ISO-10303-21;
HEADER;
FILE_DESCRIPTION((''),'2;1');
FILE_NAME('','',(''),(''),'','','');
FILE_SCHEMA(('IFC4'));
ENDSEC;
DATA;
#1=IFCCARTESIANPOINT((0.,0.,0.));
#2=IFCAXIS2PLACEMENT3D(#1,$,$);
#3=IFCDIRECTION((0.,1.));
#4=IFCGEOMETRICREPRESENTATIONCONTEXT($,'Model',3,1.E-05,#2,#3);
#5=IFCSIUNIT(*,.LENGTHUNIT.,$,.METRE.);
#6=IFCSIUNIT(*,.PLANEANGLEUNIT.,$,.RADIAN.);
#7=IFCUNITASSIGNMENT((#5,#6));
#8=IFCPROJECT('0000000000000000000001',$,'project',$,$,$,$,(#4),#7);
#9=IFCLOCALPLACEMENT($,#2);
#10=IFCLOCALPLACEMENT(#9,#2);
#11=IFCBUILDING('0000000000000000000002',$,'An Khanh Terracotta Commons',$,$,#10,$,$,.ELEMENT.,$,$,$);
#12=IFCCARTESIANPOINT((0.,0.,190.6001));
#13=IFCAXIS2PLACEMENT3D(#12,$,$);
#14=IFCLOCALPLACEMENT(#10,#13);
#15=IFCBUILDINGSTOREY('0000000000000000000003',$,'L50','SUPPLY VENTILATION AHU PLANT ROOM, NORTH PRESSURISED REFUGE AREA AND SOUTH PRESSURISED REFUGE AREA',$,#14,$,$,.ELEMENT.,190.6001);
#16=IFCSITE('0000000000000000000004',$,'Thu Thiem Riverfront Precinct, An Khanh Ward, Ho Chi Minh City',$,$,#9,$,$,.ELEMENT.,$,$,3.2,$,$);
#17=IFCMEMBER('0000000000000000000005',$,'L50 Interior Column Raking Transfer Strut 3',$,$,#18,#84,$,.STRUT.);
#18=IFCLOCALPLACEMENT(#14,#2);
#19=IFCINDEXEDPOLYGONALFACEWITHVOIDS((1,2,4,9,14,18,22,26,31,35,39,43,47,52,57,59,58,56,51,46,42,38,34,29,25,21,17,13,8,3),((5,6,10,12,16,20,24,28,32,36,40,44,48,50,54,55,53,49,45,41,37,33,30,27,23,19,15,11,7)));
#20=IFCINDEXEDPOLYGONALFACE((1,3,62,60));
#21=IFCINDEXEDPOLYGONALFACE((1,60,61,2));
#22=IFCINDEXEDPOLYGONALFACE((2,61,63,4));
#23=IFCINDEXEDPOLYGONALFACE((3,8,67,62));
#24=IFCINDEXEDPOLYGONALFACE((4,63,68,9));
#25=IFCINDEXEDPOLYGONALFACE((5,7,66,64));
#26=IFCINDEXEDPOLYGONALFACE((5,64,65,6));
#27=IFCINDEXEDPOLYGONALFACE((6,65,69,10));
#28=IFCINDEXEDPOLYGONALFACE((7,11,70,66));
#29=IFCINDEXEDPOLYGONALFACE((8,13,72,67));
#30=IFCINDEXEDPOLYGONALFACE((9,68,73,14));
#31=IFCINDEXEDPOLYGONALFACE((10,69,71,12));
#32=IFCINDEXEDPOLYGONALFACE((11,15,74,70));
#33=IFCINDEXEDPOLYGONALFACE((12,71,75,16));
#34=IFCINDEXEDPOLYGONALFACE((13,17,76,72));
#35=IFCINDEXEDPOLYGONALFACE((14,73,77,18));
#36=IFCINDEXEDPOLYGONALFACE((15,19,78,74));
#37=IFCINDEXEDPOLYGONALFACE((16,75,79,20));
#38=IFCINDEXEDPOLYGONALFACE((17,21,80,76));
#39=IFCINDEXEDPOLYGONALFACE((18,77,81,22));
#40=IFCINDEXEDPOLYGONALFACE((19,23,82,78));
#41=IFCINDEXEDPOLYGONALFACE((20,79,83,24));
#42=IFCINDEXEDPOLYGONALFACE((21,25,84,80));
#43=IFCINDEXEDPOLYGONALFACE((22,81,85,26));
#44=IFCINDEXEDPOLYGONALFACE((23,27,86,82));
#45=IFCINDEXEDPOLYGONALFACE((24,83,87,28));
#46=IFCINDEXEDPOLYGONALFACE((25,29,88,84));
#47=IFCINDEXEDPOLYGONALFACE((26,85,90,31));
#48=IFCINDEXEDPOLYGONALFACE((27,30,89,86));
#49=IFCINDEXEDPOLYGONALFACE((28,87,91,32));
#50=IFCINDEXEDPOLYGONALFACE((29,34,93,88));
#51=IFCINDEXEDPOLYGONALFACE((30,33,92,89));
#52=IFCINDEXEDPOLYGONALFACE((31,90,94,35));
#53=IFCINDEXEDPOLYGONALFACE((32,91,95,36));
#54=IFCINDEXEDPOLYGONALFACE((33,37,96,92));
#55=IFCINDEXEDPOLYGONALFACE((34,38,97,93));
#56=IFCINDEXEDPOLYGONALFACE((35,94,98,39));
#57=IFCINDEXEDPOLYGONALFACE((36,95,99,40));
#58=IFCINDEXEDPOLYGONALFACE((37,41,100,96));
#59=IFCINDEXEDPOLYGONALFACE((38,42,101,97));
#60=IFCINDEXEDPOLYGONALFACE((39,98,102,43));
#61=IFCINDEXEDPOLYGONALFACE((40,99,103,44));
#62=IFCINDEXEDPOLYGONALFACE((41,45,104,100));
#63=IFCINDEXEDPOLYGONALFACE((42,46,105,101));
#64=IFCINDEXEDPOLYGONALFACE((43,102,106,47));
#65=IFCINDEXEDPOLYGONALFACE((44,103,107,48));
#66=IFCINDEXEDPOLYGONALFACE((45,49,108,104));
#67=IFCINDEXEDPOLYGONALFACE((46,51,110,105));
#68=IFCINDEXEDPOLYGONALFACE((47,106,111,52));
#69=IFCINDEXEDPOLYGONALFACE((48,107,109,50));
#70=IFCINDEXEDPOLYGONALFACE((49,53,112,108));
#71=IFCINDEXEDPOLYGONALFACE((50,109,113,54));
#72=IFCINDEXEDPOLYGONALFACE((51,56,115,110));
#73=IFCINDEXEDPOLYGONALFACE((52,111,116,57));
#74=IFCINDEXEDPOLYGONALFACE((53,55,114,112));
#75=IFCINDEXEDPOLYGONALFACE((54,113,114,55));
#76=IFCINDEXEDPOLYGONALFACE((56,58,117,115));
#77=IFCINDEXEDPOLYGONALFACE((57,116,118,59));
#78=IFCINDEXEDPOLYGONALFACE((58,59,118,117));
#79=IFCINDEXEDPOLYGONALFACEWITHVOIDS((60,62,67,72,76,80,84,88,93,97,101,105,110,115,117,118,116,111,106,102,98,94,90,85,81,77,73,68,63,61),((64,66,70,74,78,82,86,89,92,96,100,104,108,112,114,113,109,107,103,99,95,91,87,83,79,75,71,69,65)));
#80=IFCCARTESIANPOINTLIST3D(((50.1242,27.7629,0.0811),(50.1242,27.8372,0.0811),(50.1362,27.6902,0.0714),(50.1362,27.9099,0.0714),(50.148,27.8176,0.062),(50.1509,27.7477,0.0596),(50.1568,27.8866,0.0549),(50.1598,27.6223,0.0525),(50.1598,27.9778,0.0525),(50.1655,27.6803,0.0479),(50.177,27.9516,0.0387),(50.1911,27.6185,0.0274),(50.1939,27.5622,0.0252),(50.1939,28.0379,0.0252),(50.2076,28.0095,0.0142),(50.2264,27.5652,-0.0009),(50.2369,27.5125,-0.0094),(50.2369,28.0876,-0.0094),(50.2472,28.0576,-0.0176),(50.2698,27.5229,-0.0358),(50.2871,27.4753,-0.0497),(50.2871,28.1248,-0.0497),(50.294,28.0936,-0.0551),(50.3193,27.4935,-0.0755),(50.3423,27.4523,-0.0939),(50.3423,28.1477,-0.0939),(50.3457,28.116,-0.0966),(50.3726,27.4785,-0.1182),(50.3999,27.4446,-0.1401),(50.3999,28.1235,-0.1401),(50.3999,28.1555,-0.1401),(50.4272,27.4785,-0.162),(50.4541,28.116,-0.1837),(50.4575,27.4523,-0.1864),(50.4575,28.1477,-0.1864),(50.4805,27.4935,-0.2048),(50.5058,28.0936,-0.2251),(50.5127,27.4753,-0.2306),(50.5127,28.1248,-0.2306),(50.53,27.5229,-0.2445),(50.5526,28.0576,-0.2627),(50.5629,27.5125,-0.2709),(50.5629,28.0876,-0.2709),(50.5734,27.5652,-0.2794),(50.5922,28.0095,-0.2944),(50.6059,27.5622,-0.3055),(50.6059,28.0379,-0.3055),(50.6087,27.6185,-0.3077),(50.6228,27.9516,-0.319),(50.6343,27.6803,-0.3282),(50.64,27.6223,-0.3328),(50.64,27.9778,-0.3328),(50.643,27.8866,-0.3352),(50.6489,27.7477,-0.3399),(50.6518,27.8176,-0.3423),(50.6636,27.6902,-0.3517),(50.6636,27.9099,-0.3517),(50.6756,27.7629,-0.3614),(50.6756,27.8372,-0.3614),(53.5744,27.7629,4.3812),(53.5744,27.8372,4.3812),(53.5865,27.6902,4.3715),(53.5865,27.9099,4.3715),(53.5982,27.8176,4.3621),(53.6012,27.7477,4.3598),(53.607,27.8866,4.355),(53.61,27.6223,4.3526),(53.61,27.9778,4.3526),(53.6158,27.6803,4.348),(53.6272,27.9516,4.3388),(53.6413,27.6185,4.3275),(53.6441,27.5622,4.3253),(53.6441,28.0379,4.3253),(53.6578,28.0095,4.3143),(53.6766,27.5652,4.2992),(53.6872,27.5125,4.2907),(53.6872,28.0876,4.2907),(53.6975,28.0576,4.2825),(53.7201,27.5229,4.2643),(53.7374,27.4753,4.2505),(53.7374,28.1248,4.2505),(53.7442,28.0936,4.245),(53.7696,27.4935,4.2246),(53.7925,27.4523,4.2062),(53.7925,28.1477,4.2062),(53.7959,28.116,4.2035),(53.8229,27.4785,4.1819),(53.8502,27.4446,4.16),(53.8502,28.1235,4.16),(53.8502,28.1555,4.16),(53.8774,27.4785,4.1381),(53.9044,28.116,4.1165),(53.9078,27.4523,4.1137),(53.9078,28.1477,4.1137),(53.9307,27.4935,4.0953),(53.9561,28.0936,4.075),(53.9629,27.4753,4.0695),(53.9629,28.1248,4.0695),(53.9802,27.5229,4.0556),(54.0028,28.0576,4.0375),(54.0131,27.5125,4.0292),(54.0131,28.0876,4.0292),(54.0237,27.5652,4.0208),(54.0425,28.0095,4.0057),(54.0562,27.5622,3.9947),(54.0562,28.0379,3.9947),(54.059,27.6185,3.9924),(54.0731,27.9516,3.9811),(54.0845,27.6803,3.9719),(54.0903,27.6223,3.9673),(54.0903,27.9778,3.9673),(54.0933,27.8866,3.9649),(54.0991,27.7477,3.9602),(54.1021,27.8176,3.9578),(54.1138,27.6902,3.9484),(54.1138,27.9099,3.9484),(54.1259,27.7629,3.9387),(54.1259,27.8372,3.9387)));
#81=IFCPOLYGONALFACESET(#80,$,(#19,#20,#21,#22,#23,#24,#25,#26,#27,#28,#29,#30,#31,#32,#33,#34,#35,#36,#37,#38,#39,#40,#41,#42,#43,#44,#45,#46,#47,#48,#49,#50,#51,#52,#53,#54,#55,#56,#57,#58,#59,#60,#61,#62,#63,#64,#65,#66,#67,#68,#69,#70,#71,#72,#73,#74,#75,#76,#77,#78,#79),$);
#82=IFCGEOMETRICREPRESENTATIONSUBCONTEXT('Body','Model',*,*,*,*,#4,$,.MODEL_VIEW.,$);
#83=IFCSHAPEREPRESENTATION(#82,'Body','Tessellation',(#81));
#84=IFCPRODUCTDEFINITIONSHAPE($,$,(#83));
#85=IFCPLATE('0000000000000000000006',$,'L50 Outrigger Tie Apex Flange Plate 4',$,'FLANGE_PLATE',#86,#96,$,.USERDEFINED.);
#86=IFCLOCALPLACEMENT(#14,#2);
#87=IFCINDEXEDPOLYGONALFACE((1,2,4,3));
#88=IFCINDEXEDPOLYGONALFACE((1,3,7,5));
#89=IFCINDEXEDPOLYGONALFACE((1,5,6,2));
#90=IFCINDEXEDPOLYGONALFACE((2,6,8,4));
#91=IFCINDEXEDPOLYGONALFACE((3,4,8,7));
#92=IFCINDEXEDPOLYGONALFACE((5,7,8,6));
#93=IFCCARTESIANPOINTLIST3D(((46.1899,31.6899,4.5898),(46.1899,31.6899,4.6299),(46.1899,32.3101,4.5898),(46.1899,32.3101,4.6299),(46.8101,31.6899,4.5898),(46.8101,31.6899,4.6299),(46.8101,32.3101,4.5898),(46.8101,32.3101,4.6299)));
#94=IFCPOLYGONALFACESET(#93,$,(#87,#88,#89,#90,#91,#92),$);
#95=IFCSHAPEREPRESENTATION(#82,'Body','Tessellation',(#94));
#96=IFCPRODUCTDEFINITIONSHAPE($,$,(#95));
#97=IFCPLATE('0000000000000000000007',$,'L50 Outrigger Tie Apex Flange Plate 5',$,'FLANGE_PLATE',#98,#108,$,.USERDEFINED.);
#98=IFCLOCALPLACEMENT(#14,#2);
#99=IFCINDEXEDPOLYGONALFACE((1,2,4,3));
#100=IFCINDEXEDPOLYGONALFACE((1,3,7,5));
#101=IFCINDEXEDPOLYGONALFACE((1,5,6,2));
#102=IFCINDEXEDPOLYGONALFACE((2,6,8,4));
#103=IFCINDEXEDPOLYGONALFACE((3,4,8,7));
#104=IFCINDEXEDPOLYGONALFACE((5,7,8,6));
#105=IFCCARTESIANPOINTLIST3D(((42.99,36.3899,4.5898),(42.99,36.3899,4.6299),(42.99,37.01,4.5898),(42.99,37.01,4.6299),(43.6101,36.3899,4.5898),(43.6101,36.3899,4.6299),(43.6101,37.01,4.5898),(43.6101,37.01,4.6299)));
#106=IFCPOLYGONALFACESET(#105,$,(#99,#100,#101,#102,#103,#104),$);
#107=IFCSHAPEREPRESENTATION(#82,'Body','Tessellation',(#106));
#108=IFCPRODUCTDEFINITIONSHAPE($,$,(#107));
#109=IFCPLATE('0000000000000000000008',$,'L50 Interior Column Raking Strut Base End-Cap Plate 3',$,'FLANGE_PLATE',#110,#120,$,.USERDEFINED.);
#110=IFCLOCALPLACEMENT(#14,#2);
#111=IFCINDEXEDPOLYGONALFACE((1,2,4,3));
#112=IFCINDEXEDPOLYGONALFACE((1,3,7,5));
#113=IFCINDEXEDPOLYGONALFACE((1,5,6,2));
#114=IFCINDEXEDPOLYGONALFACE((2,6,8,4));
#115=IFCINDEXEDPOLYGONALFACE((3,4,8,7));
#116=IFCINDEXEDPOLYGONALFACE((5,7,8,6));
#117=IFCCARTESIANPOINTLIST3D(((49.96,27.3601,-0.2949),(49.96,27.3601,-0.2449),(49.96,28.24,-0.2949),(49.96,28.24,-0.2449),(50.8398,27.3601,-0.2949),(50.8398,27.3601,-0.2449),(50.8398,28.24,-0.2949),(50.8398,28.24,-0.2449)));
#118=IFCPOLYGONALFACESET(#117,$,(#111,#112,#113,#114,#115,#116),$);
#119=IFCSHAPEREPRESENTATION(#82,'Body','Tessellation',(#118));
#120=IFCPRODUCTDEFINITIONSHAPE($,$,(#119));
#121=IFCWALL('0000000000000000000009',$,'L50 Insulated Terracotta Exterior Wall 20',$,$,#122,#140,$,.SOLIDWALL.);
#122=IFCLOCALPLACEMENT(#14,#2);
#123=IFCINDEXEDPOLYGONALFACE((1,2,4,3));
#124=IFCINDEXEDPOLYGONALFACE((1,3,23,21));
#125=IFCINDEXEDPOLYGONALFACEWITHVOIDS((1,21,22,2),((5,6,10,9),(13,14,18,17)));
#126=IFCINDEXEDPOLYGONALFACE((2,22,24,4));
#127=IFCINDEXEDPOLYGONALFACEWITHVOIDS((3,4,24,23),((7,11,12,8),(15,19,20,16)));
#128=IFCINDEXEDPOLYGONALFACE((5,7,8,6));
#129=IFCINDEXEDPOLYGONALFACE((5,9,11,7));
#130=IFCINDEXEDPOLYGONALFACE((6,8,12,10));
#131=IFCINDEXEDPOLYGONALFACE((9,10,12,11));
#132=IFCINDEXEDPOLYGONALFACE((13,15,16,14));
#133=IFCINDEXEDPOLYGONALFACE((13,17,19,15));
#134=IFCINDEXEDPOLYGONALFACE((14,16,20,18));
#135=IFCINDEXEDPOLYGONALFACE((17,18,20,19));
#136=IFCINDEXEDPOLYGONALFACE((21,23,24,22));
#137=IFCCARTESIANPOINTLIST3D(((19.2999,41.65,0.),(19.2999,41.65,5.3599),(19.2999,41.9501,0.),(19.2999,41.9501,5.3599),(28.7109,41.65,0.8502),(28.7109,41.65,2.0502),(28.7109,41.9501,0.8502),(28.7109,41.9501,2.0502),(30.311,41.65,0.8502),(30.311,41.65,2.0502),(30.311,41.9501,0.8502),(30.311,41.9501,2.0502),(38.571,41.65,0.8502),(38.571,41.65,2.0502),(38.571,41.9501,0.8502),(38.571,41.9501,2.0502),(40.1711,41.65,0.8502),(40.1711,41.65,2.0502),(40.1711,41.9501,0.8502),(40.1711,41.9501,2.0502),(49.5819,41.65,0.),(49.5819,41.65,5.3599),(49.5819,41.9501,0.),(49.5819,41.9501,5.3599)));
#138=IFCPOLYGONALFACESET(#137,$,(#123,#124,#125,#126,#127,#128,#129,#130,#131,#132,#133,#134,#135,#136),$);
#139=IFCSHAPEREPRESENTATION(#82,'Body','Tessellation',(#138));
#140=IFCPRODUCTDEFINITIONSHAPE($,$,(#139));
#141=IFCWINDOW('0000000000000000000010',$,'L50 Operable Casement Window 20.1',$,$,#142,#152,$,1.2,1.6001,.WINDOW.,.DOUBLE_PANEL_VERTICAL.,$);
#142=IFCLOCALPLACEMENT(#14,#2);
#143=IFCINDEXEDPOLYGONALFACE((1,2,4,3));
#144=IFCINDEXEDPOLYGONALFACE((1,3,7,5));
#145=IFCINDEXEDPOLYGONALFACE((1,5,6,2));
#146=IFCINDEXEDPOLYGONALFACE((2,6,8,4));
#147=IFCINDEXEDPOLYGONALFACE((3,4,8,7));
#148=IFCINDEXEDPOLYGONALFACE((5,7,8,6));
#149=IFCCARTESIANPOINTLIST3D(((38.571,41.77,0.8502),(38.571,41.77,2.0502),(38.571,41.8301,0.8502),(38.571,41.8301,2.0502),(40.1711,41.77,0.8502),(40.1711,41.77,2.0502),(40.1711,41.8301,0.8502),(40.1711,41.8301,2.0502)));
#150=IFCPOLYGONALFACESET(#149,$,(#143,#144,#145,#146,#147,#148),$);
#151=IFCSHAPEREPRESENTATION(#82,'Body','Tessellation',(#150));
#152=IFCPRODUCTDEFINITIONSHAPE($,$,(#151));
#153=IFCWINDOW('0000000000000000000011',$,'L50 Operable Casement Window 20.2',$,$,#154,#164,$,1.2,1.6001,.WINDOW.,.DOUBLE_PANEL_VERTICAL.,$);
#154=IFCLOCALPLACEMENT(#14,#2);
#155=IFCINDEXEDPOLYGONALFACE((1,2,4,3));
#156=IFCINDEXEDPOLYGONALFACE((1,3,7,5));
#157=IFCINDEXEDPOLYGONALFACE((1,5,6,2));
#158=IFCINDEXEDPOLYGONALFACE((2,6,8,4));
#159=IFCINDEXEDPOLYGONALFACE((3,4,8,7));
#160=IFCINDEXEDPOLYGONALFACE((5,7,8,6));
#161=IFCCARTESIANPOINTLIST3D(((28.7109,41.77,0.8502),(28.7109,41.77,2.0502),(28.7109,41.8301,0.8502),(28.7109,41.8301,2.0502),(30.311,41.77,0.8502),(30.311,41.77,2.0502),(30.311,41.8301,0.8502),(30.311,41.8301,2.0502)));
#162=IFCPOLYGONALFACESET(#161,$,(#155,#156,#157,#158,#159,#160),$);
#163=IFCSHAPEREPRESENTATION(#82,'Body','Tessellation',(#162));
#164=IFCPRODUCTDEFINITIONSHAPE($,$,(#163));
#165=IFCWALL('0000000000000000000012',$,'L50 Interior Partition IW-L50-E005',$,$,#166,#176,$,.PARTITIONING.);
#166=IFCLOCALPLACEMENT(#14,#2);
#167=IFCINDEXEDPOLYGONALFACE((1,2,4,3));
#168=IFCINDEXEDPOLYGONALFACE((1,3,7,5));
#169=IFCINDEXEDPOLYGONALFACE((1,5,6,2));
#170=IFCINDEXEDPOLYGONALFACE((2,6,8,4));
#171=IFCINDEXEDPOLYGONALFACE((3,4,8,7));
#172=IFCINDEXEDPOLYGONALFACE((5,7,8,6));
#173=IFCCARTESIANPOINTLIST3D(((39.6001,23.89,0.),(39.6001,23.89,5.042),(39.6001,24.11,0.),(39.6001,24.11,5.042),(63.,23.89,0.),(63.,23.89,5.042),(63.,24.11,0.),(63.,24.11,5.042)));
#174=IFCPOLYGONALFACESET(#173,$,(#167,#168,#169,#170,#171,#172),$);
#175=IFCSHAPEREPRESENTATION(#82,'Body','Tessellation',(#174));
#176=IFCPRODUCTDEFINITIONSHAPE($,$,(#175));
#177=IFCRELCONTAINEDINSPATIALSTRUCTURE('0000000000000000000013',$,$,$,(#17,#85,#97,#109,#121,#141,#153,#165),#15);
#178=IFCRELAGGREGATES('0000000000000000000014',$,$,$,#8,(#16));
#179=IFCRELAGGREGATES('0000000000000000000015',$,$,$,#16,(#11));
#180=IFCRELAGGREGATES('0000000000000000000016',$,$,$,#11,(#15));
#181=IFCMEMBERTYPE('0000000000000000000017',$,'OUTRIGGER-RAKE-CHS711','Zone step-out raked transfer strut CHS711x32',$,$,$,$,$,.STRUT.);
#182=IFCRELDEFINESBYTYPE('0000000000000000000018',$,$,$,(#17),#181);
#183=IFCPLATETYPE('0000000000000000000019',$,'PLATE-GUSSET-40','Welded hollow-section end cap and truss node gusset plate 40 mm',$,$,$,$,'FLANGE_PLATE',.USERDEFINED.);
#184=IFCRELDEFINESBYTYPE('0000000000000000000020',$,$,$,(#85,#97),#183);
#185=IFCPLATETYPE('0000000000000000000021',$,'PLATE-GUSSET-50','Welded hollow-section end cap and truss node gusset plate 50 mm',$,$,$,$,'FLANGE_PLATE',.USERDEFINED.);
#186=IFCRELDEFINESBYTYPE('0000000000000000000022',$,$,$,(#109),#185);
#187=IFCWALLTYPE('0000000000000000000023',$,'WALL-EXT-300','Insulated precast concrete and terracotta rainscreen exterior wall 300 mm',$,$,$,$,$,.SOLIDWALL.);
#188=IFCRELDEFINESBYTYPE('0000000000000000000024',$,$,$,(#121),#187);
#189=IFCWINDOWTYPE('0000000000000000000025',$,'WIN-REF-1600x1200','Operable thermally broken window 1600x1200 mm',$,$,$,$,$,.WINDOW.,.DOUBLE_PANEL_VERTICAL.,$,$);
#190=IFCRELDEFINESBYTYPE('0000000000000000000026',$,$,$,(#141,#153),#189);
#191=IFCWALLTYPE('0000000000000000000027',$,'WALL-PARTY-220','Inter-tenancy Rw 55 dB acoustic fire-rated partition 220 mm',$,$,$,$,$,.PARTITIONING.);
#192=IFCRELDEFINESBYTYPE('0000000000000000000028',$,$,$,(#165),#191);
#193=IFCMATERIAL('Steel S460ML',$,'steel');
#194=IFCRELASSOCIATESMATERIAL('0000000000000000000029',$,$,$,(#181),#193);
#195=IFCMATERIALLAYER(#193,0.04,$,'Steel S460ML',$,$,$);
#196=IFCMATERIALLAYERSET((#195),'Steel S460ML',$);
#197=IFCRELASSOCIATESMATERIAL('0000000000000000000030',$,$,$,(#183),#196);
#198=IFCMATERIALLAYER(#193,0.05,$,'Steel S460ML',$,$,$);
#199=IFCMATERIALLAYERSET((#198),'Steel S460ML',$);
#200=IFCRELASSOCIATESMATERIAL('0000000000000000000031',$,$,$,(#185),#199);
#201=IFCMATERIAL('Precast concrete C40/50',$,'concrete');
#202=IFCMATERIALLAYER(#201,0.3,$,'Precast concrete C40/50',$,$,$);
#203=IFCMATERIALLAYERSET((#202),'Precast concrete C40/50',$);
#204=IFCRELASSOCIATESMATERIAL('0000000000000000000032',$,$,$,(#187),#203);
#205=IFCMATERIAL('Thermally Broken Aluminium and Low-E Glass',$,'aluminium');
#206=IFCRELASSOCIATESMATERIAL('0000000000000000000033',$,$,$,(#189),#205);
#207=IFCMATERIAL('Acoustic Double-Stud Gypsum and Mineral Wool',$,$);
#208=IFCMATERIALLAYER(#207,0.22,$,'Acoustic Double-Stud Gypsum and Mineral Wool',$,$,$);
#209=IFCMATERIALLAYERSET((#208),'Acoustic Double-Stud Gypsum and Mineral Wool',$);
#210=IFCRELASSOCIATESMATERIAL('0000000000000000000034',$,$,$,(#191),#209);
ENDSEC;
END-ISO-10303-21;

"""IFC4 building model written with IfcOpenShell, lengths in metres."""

from ifc_helpers import new_model, si_unit, direction, frame, frame_2d, origin, origin_2d, place, context, subcontext, project, spatial, rectangle, hollow_circle, extrude, material, layer, layer_set, material_profile, profile_set, type_object, element, fill, save


model = new_model("IFC4")

# Units and contexts
model_context = context("Model", 3, precision=1e-05, world=origin(), true_north=direction((0.0, 1.0)))
body_context = subcontext(model_context, "Body", "Model", "MODEL_VIEW")
ifc_project = project(units=[si_unit("LENGTHUNIT", "METRE"), si_unit("PLANEANGLEUNIT", "RADIAN")], contexts=[model_context])

# Site, building, storey
site_placement = place(None, origin())
site = spatial("IfcSite", under=ifc_project, at=site_placement, Name="Thu Thiem Riverfront Precinct, An Khanh Ward, Ho Chi Minh City", CompositionType="ELEMENT", RefElevation=3.2)
building_placement = place(site_placement, origin())
building = spatial("IfcBuilding", under=site, at=building_placement, Name="An Khanh Terracotta Commons", CompositionType="ELEMENT")
storey_placement = place(building_placement, frame((0.0, 0.0, 190.6001)))
storey = spatial("IfcBuildingStorey", under=building, at=storey_placement, Name="L50", Description="SUPPLY VENTILATION AHU PLANT ROOM, NORTH PRESSURISED REFUGE AREA AND SOUTH PRESSURISED REFUGE AREA", CompositionType="ELEMENT", Elevation=190.6001)

# Shared definitions
ifc_material_1 = material(Name="Steel S460ML", Category="steel")

# Member
ifc_material_profile_1 = material_profile(ifc_material_1, hollow_circle(Radius=0.3555, WallThickness=0.032, at=origin_2d()), Name="CHS711x32")
ifc_profile_set_1 = profile_set([ifc_material_profile_1], Name="Steel S460ML")
member_type_1 = type_object("IfcMemberType", Name="OUTRIGGER-RAKE-CHS711", Description="Zone step-out raked transfer strut CHS711x32", PredefinedType="STRUT", material=ifc_profile_set_1)
member_1_placement = place(storey_placement, frame((50.3999, 27.8, -0.1401), z_axis=(0.625818, 0.0, 0.779969), x_axis=(0.0, 1.0, 0.0)))
element("IfcMember", 1, at=member_1_placement, inside=storey, type_object=member_type_1, Name="L50 Interior Column Raking Transfer Strut 3", PredefinedType="STRUT", context=body_context, shape_type="SweptSolid", body=[
    extrude(hollow_circle(Radius=0.3555, WallThickness=0.032, at=origin_2d()), origin(), (0.0, 0.0, 1.0), 5.5132),
])

# Plates
ifc_layer_1 = layer(ifc_material_1, 0.04, Name="Steel S460ML")
ifc_layer_set_1 = layer_set([ifc_layer_1], Name="Steel S460ML")
plate_type_1 = type_object("IfcPlateType", Name="PLATE-GUSSET-40", Description="Welded hollow-section end cap and truss node gusset plate 40 mm", ElementType="FLANGE_PLATE", PredefinedType="USERDEFINED", material=ifc_layer_set_1)
for number, where, z_axis, x_axis, name in (
    (2, (46.5, 32.0, 4.5898), (0.0, 0.0, 1.0), (1.0, 0.0, 0.0), "L50 Outrigger Tie Apex Flange Plate 4"),
    (3, (43.3, 36.7, 4.5898), (0.0, 0.0, 1.0), (1.0, 0.0, 0.0), "L50 Outrigger Tie Apex Flange Plate 5"),
):
    element("IfcPlate", number, at=place(storey_placement, frame(where, z_axis=z_axis, x_axis=x_axis)), inside=storey, type_object=plate_type_1, Name=name, ObjectType="FLANGE_PLATE", PredefinedType="USERDEFINED", context=body_context, shape_type="SweptSolid", body=[
        extrude(rectangle(XDim=0.6201, YDim=0.6201, at=origin_2d()), origin(), (0.0, 0.0, 1.0), 0.04),
    ])
ifc_layer_2 = layer(ifc_material_1, 0.05, Name="Steel S460ML")
ifc_layer_set_2 = layer_set([ifc_layer_2], Name="Steel S460ML")
plate_type_2 = type_object("IfcPlateType", Name="PLATE-GUSSET-50", Description="Welded hollow-section end cap and truss node gusset plate 50 mm", ElementType="FLANGE_PLATE", PredefinedType="USERDEFINED", material=ifc_layer_set_2)
plate_placement = place(storey_placement, frame((50.3999, 27.8, -0.2949), z_axis=(0.0, 0.0, 1.0), x_axis=(1.0, 0.0, 0.0)))
element("IfcPlate", 4, at=plate_placement, inside=storey, type_object=plate_type_2, Name="L50 Interior Column Raking Strut Base End-Cap Plate 3", ObjectType="FLANGE_PLATE", PredefinedType="USERDEFINED", context=body_context, shape_type="SweptSolid", body=[
    extrude(rectangle(XDim=0.8799, YDim=0.8799, at=origin_2d()), origin(), (0.0, 0.0, 1.0), 0.05),
])

# Wall, openings, windows
ifc_material_2 = material(Name="Precast concrete C40/50", Category="concrete")
ifc_layer_3 = layer(ifc_material_2, 0.3, Name="Precast concrete C40/50")
ifc_layer_set_3 = layer_set([ifc_layer_3], Name="Precast concrete C40/50")
wall_type_1 = type_object("IfcWallType", Name="WALL-EXT-300", Description="Insulated precast concrete and terracotta rainscreen exterior wall 300 mm", PredefinedType="SOLIDWALL", material=ifc_layer_set_3)
wall_1_placement = place(storey_placement, frame((49.582, 41.8, 0.0), z_axis=(0.0, 0.0, 1.0), x_axis=(-1.0, 0.0, 0.0)))
wall_1 = element("IfcWall", 5, at=wall_1_placement, inside=storey, type_object=wall_type_1, Name="L50 Insulated Terracotta Exterior Wall 20", PredefinedType="SOLIDWALL", context=body_context, shape_type="SweptSolid", body=[
    extrude(rectangle(XDim=30.282, YDim=0.3, at=frame_2d((15.1411, 0.0))), origin(), (0.0, 0.0, 1.0), 5.3599),
])
opening_1_placement = place(wall_1_placement, frame((9.4109, 0.0, 0.8501)))
opening_1 = element("IfcOpeningElement", 6, at=opening_1_placement, cuts=wall_1, PredefinedType="OPENING", context=body_context, shape_type="SweptSolid", body=[
    extrude(rectangle(XDim=1.6001, YDim=1.2, at=frame_2d((0.8, 0.6001))), frame((0.0, 0.1599, 0.0), z_axis=(0.0, -1.0, 0.0), x_axis=(1.0, 0.0, 0.0)), (0.0, 0.0, 1.0), 0.3201),
])
opening_2_placement = place(wall_1_placement, frame((19.271, 0.0, 0.8501)))
opening_2 = element("IfcOpeningElement", 7, at=opening_2_placement, cuts=wall_1, PredefinedType="OPENING", context=body_context, shape_type="SweptSolid", body=[
    extrude(rectangle(XDim=1.6001, YDim=1.2, at=frame_2d((0.8, 0.6001))), frame((0.0, 0.1599, 0.0), z_axis=(0.0, -1.0, 0.0), x_axis=(1.0, 0.0, 0.0)), (0.0, 0.0, 1.0), 0.3201),
])
ifc_material_3 = material(Name="Thermally Broken Aluminium and Low-E Glass", Category="aluminium")
window_type = type_object("IfcWindowType", Name="WIN-REF-1600x1200", Description="Operable thermally broken window 1600x1200 mm", PartitioningType="DOUBLE_PANEL_VERTICAL", PredefinedType="WINDOW", material=ifc_material_3)
window_1_placement = place(opening_1_placement, origin())
window_1 = element("IfcWindow", 8, at=window_1_placement, inside=storey, type_object=window_type, Name="L50 Operable Casement Window 20.1", OverallHeight=1.2, OverallWidth=1.6001, PartitioningType="DOUBLE_PANEL_VERTICAL", PredefinedType="WINDOW", context=body_context, shape_type="SweptSolid", body=[
    extrude(rectangle(XDim=1.6001, YDim=1.2, at=frame_2d((0.8, 0.6001))), frame((0.0, 0.03, 0.0), z_axis=(0.0, -1.0, 0.0), x_axis=(1.0, 0.0, 0.0)), (0.0, 0.0, 1.0), 0.0601),
])
fill(opening_1, window_1)
window_2_placement = place(opening_2_placement, origin())
window_2 = element("IfcWindow", 9, at=window_2_placement, inside=storey, type_object=window_type, Name="L50 Operable Casement Window 20.2", OverallHeight=1.2, OverallWidth=1.6001, PartitioningType="DOUBLE_PANEL_VERTICAL", PredefinedType="WINDOW", context=body_context, shape_type="SweptSolid", body=[
    extrude(rectangle(XDim=1.6001, YDim=1.2, at=frame_2d((0.8, 0.6001))), frame((0.0, 0.03, 0.0), z_axis=(0.0, -1.0, 0.0), x_axis=(1.0, 0.0, 0.0)), (0.0, 0.0, 1.0), 0.0601),
])
fill(opening_2, window_2)

# Wall
ifc_material_4 = material(Name="Acoustic Double-Stud Gypsum and Mineral Wool")
ifc_layer_4 = layer(ifc_material_4, 0.22, Name="Acoustic Double-Stud Gypsum and Mineral Wool")
ifc_layer_set_4 = layer_set([ifc_layer_4], Name="Acoustic Double-Stud Gypsum and Mineral Wool")
wall_type_2 = type_object("IfcWallType", Name="WALL-PARTY-220", Description="Inter-tenancy Rw 55 dB acoustic fire-rated partition 220 mm", PredefinedType="PARTITIONING", material=ifc_layer_set_4)
wall_2_placement = place(storey_placement, frame((39.6001, 24.0, 0.0), z_axis=(0.0, 0.0, 1.0), x_axis=(1.0, 0.0, 0.0)))
element("IfcWall", 10, at=wall_2_placement, inside=storey, type_object=wall_type_2, Name="L50 Interior Partition IW-L50-E005", PredefinedType="PARTITIONING", context=body_context, shape_type="SweptSolid", body=[
    extrude(rectangle(XDim=23.3999, YDim=0.22, at=frame_2d((11.7, 0.0))), origin(), (0.0, 0.0, 1.0), 5.042),
])

save(model, "model.ifc")
